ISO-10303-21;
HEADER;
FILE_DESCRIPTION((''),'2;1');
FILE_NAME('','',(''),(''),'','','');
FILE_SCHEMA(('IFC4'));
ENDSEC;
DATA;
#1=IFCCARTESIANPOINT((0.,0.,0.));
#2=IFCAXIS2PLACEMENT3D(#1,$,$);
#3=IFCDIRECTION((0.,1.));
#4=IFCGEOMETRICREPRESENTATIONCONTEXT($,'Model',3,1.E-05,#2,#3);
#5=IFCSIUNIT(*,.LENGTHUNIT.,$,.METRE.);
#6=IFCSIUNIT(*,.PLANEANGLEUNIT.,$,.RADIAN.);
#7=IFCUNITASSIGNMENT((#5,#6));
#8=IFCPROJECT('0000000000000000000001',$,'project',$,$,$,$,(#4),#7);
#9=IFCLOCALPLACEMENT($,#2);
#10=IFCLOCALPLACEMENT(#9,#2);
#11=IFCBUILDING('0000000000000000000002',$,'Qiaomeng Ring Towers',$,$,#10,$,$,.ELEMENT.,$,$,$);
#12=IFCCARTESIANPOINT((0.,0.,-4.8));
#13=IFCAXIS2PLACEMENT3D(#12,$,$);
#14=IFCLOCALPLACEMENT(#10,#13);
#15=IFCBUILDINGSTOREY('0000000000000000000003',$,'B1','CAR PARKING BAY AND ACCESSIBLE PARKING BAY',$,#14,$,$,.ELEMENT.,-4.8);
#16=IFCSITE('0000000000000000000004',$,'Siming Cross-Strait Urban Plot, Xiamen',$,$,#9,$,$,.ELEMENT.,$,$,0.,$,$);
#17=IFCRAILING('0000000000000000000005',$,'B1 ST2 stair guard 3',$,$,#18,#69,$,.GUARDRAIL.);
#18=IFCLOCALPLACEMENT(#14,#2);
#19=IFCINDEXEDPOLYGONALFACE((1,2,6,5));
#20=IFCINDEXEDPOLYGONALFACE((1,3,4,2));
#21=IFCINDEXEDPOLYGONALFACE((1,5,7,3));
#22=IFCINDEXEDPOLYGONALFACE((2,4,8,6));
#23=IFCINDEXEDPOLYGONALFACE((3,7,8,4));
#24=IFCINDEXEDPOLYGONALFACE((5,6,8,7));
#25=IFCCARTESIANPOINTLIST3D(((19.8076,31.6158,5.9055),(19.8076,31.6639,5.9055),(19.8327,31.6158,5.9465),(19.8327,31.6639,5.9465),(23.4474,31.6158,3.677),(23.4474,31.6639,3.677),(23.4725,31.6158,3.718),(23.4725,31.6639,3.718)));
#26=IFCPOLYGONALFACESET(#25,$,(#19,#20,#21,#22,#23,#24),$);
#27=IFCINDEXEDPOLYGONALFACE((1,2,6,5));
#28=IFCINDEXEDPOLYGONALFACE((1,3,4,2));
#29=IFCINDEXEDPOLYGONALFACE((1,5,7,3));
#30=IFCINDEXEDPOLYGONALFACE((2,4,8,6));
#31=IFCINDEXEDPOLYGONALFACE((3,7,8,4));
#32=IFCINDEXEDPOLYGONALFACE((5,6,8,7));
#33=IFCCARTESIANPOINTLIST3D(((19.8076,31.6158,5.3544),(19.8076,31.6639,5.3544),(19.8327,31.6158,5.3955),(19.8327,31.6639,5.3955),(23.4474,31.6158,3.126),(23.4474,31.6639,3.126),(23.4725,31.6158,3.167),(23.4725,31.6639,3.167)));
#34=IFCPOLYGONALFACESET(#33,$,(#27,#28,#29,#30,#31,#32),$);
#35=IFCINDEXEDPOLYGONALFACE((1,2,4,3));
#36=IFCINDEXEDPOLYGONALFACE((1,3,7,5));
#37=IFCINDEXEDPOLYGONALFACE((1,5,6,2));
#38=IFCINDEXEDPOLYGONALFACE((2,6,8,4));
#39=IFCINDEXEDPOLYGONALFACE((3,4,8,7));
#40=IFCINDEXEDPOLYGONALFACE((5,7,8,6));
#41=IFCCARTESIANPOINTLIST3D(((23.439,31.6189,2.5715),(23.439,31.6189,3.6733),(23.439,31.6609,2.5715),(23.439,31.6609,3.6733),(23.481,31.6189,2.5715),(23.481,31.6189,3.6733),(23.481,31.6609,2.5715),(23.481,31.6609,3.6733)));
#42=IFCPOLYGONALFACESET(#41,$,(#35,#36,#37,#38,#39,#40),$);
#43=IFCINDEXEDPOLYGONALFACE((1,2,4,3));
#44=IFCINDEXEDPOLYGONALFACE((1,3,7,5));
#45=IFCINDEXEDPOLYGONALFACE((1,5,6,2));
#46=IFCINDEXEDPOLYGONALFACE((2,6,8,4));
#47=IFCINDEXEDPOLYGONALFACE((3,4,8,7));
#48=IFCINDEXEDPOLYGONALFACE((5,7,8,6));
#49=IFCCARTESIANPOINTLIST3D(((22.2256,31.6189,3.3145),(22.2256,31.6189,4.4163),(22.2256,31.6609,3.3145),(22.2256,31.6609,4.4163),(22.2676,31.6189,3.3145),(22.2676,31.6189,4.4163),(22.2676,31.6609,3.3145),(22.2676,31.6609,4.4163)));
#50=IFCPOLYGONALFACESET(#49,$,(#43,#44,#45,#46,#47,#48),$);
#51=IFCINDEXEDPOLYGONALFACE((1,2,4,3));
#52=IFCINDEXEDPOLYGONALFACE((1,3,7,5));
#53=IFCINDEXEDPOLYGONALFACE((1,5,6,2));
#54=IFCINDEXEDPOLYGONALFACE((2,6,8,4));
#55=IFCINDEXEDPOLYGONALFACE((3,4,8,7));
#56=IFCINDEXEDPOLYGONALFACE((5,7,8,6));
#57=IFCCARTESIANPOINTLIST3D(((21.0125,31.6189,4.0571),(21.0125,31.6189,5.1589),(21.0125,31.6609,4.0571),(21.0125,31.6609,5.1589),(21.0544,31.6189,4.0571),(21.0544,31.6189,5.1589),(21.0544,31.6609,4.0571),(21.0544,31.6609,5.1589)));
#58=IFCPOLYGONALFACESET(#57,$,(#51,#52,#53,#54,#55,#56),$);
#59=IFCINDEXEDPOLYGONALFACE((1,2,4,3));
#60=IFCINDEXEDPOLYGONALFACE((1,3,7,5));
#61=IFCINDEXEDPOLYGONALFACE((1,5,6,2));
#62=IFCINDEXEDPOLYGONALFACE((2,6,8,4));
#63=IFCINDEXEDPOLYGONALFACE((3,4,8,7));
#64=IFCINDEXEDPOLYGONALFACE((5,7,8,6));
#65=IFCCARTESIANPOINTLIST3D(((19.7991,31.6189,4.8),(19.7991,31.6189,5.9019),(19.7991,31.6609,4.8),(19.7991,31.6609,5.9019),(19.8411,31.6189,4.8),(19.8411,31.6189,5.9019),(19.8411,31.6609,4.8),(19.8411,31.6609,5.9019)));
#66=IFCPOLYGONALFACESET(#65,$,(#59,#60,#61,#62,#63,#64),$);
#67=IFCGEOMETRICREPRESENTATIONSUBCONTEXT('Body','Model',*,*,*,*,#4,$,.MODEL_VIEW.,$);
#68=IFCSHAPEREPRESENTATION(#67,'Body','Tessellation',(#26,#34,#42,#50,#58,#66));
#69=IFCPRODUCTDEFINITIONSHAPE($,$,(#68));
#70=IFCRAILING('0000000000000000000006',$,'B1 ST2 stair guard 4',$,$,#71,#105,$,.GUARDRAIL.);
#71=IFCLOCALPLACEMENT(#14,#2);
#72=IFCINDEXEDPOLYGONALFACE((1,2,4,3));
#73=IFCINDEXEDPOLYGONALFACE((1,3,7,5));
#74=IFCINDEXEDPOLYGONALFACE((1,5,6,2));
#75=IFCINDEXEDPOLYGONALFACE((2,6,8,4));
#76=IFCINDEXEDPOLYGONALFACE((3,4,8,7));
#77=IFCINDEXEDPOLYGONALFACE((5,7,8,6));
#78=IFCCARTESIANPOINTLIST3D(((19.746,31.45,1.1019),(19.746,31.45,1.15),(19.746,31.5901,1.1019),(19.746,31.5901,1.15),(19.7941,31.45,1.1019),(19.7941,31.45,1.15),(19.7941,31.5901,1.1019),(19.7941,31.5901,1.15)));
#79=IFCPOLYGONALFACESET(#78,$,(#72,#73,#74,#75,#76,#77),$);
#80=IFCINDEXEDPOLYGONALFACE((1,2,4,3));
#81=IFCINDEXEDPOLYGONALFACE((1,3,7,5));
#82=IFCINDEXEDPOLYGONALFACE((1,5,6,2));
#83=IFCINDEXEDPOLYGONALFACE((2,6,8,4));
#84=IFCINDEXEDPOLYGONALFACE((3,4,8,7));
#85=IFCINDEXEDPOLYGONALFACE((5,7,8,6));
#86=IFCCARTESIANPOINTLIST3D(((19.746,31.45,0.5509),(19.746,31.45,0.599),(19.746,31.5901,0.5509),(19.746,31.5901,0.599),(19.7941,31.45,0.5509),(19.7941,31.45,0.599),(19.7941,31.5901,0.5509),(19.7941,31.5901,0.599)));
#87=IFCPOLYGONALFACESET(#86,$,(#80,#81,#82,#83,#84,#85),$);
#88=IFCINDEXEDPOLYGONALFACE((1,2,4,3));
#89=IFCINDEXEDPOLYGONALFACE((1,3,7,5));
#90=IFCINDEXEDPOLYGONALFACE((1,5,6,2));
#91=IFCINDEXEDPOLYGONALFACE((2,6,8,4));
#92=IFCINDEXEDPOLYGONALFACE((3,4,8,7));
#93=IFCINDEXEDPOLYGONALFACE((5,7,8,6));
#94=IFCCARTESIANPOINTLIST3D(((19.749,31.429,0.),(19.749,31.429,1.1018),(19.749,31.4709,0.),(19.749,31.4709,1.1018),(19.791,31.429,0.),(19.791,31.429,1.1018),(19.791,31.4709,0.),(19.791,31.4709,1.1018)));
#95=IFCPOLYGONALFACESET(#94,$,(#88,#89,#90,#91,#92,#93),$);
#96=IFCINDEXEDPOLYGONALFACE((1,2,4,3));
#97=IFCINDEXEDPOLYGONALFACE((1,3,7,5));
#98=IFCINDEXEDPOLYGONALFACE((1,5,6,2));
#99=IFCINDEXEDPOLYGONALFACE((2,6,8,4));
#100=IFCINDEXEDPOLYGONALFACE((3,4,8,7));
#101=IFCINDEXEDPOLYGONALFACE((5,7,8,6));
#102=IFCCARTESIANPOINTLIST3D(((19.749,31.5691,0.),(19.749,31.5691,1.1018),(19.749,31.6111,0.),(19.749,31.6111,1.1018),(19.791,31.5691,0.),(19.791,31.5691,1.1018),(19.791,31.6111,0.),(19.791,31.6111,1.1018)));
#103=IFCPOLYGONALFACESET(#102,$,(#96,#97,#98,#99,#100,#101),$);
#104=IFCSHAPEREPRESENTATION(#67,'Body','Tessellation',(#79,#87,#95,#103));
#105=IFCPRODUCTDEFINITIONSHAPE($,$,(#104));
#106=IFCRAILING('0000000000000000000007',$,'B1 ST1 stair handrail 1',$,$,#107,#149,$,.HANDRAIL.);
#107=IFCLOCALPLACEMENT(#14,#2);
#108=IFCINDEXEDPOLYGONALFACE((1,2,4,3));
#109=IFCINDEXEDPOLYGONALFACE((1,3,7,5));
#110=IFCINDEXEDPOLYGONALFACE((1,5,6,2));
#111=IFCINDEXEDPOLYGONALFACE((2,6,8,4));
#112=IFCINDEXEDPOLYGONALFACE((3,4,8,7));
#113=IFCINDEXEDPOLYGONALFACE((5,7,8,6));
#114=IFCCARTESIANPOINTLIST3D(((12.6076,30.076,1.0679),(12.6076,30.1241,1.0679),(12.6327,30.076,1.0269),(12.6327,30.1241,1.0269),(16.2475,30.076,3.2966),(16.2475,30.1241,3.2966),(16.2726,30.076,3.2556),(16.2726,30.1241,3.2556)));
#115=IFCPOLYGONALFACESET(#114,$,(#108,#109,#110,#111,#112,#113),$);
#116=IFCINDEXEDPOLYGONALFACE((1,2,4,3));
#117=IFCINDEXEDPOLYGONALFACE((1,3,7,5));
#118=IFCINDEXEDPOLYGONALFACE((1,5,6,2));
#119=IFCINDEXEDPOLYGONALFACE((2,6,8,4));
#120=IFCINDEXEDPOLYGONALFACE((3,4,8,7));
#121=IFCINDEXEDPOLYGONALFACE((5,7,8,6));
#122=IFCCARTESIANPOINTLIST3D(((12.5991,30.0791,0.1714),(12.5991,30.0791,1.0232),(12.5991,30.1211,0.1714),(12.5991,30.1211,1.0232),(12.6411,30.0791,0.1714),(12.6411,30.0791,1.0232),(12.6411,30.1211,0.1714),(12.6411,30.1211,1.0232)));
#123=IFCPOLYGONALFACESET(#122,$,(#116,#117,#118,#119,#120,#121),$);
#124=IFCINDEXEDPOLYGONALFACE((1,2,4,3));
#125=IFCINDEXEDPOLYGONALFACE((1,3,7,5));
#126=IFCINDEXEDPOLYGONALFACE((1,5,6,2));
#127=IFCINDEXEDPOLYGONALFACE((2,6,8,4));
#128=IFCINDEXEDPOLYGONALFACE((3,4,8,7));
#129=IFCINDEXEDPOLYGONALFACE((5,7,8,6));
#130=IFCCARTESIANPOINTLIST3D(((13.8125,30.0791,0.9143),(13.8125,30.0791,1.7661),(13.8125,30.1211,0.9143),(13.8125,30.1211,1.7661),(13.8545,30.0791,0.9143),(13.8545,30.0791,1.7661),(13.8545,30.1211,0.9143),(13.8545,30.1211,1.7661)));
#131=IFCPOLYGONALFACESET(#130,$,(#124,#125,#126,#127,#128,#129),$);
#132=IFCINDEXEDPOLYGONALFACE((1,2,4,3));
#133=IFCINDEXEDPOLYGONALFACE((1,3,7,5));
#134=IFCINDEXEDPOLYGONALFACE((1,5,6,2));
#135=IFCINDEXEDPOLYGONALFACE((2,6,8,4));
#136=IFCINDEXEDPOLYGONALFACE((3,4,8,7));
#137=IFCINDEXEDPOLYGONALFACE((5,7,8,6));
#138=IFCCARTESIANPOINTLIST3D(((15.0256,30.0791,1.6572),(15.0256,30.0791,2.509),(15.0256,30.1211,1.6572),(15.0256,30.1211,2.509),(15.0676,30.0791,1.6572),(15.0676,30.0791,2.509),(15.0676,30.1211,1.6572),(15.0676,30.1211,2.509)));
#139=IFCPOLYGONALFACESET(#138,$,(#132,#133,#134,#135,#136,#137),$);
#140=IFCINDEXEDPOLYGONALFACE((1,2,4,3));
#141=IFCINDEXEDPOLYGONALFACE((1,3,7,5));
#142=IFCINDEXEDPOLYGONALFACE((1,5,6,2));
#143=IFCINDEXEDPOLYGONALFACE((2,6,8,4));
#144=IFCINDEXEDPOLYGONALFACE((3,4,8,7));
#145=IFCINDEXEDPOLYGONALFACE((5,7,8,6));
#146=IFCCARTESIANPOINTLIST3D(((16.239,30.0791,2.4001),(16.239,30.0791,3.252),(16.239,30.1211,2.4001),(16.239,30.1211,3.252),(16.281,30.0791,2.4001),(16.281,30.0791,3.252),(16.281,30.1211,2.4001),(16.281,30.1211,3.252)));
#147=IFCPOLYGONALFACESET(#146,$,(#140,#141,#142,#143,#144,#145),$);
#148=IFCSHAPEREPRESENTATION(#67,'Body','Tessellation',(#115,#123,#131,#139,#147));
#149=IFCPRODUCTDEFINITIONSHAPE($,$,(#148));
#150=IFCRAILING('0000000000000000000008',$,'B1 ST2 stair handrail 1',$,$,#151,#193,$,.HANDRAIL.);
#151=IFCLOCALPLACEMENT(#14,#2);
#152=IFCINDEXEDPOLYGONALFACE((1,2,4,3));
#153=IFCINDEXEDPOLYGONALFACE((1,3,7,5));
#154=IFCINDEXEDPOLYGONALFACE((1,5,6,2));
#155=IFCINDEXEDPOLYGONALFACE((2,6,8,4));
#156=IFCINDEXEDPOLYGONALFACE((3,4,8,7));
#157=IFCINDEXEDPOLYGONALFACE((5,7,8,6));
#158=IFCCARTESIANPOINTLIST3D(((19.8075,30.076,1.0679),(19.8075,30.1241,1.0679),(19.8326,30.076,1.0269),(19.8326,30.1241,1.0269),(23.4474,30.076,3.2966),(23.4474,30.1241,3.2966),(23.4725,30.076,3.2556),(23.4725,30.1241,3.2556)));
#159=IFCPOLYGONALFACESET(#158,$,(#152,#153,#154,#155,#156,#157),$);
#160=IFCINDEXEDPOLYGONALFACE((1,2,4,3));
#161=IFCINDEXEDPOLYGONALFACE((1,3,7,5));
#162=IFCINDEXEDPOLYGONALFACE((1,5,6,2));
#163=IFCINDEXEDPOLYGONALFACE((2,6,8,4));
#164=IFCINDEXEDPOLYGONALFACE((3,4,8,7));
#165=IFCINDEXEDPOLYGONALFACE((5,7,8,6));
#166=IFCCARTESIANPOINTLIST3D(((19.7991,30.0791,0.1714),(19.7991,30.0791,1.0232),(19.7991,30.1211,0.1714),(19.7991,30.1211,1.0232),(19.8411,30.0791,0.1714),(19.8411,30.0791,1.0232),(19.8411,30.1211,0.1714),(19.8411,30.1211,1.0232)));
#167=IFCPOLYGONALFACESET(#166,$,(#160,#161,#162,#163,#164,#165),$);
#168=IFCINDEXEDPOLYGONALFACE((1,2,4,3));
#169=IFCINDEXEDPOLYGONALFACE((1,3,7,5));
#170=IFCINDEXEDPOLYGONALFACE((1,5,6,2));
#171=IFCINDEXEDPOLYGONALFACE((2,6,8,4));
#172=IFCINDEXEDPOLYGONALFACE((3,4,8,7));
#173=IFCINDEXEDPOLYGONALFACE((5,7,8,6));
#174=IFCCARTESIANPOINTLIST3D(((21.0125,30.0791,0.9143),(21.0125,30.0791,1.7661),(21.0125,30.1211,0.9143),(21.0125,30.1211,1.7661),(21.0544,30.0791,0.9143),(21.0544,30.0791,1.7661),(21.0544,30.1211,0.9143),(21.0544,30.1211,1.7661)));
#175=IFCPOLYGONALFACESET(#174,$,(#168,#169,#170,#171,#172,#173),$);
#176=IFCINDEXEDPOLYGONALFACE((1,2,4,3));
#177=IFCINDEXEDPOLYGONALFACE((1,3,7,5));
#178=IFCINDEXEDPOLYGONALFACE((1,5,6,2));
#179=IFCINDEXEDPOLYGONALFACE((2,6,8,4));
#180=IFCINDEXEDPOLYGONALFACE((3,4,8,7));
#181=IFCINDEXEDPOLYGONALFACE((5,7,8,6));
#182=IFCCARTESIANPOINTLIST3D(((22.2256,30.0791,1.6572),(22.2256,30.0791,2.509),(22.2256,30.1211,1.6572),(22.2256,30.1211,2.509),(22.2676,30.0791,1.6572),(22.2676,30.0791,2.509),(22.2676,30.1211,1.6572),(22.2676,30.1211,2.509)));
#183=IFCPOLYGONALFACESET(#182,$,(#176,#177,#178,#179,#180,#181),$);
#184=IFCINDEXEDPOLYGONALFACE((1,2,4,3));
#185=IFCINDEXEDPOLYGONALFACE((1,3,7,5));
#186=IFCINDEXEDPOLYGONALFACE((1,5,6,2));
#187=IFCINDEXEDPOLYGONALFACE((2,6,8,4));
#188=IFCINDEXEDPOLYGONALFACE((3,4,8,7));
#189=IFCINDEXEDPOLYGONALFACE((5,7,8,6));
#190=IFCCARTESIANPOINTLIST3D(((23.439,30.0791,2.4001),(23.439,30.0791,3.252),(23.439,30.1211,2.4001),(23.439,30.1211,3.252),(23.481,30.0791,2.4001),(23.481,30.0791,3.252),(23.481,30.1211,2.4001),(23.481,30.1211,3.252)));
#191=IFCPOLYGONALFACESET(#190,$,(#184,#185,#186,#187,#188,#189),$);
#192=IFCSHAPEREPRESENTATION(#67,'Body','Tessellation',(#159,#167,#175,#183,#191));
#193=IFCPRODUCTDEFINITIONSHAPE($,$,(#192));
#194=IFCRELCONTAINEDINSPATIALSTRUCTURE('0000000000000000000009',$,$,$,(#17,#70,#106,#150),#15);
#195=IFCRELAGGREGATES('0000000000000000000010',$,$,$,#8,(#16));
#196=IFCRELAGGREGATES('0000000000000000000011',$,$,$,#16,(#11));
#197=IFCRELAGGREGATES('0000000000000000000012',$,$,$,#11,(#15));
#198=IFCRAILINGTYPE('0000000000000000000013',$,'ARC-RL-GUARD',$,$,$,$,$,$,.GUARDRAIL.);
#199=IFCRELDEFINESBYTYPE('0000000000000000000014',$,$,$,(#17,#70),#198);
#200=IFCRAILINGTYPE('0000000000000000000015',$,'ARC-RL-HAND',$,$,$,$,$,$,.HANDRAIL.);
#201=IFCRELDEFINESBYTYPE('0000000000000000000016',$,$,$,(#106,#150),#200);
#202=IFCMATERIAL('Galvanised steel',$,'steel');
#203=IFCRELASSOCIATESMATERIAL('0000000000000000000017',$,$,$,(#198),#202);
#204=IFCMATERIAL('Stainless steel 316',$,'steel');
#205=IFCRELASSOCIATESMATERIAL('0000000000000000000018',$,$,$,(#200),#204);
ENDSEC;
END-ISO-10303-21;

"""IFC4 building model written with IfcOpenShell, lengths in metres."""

from ifc_helpers import new_model, si_unit, direction, frame, origin, origin_2d, place, context, subcontext, project, spatial, rectangle, extrude, material, type_object, element, save


model = new_model("IFC4")

# Units and contexts
model_context = context("Model", 3, precision=1e-05, world=origin(), true_north=direction((0.0, 1.0)))
body_context = subcontext(model_context, "Body", "Model", "MODEL_VIEW")
ifc_project = project(units=[si_unit("LENGTHUNIT", "METRE"), si_unit("PLANEANGLEUNIT", "RADIAN")], contexts=[model_context])

# Site, building, storey
site_placement = place(None, origin())
site = spatial("IfcSite", under=ifc_project, at=site_placement, Name="Siming Cross-Strait Urban Plot, Xiamen", CompositionType="ELEMENT", RefElevation=0.0)
building_placement = place(site_placement, origin())
building = spatial("IfcBuilding", under=site, at=building_placement, Name="Qiaomeng Ring Towers", CompositionType="ELEMENT")
storey_placement = place(building_placement, frame((0.0, 0.0, -4.8)))
storey = spatial("IfcBuildingStorey", under=building, at=storey_placement, Name="B1", Description="CAR PARKING BAY AND ACCESSIBLE PARKING BAY", CompositionType="ELEMENT", Elevation=-4.8)

# Shared definitions
ifc_material_1 = material(Name="Galvanised steel", Category="steel")

# Shared definitions
ifc_material_2 = material(Name="Stainless steel 316", Category="steel")

# Railings
railing_type_1 = type_object("IfcRailingType", Name="ARC-RL-GUARD", PredefinedType="GUARDRAIL", material=ifc_material_1)
railing_1_placement = place(storey_placement, frame((23.46, 31.6399, 2.5715)))
element("IfcRailing", 1, at=railing_1_placement, inside=storey, type_object=railing_type_1, Name="B1 ST2 stair guard 3", PredefinedType="GUARDRAIL", context=body_context, shape_type="SweptSolid", body=[
    extrude(rectangle(XDim=0.0481, YDim=0.0481, at=origin_2d()), frame((0.0, 0.0, 1.126), z_axis=(-0.85285, 0.0, 0.522156), x_axis=(0.0, -1.0, 0.0)), (0.0, 0.0, 1.0), 4.2678),
    extrude(rectangle(XDim=0.0481, YDim=0.0481, at=origin_2d()), frame((0.0, 0.0, 0.575), z_axis=(-0.85285, 0.0, 0.522156), x_axis=(0.0, -1.0, 0.0)), (0.0, 0.0, 1.0), 4.2678),
    extrude(rectangle(XDim=0.042, YDim=0.042, at=origin_2d()), origin(), (0.0, 0.0, 1.0), 1.1018),
    extrude(rectangle(XDim=0.042, YDim=0.042, at=origin_2d()), frame((-1.2134, 0.0, 0.7429)), (0.0, 0.0, 1.0), 1.1018),
    extrude(rectangle(XDim=0.042, YDim=0.042, at=origin_2d()), frame((-2.4265, 0.0, 1.4856)), (0.0, 0.0, 1.0), 1.1018),
    extrude(rectangle(XDim=0.042, YDim=0.042, at=origin_2d()), frame((-3.6399, 0.0, 2.2285)), (0.0, 0.0, 1.0), 1.1018),
])
railing_2_placement = place(storey_placement, frame((19.77, 31.45, 0.0)))
element("IfcRailing", 2, at=railing_2_placement, inside=storey, type_object=railing_type_1, Name="B1 ST2 stair guard 4", PredefinedType="GUARDRAIL", context=body_context, shape_type="SweptSolid", body=[
    extrude(rectangle(XDim=0.0481, YDim=0.0481, at=origin_2d()), frame((0.0, 0.0, 1.126), z_axis=(0.0, 1.0, 0.0), x_axis=(-1.0, 0.0, 0.0)), (0.0, 0.0, 1.0), 0.1401),
    extrude(rectangle(XDim=0.0481, YDim=0.0481, at=origin_2d()), frame((0.0, 0.0, 0.575), z_axis=(0.0, 1.0, 0.0), x_axis=(-1.0, 0.0, 0.0)), (0.0, 0.0, 1.0), 0.1401),
    extrude(rectangle(XDim=0.042, YDim=0.042, at=origin_2d()), origin(), (0.0, 0.0, 1.0), 1.1018),
    extrude(rectangle(XDim=0.042, YDim=0.042, at=origin_2d()), frame((0.0, 0.1401, 0.0)), (0.0, 0.0, 1.0), 1.1018),
])
railing_type_2 = type_object("IfcRailingType", Name="ARC-RL-HAND", PredefinedType="HANDRAIL", material=ifc_material_2)
for number, where, name in (
    (3, (12.6201, 30.1001, 0.1714), "B1 ST1 stair handrail 1"),
    (4, (19.8201, 30.1001, 0.1714), "B1 ST2 stair handrail 1"),
):
    element("IfcRailing", number, at=place(storey_placement, frame(where)), inside=storey, type_object=railing_type_2, Name=name, PredefinedType="HANDRAIL", context=body_context, shape_type="SweptSolid", body=[
        extrude(rectangle(XDim=0.0481, YDim=0.0481, at=origin_2d()), frame((0.0, 0.0, 0.876), z_axis=(0.852825, 0.0, 0.522197), x_axis=(0.0, 1.0, 0.0)), (0.0, 0.0, 1.0), 4.2681),
        extrude(rectangle(XDim=0.042, YDim=0.042, at=origin_2d()), origin(), (0.0, 0.0, 1.0), 0.8518),
        extrude(rectangle(XDim=0.042, YDim=0.042, at=origin_2d()), frame((1.2134, 0.0, 0.7429)), (0.0, 0.0, 1.0), 0.8518),
        extrude(rectangle(XDim=0.042, YDim=0.042, at=origin_2d()), frame((2.4265, 0.0, 1.4858)), (0.0, 0.0, 1.0), 0.8518),
        extrude(rectangle(XDim=0.042, YDim=0.042, at=origin_2d()), frame((3.6399, 0.0, 2.2288)), (0.0, 0.0, 1.0), 0.8518),
    ])

save(model, "model.ifc")
